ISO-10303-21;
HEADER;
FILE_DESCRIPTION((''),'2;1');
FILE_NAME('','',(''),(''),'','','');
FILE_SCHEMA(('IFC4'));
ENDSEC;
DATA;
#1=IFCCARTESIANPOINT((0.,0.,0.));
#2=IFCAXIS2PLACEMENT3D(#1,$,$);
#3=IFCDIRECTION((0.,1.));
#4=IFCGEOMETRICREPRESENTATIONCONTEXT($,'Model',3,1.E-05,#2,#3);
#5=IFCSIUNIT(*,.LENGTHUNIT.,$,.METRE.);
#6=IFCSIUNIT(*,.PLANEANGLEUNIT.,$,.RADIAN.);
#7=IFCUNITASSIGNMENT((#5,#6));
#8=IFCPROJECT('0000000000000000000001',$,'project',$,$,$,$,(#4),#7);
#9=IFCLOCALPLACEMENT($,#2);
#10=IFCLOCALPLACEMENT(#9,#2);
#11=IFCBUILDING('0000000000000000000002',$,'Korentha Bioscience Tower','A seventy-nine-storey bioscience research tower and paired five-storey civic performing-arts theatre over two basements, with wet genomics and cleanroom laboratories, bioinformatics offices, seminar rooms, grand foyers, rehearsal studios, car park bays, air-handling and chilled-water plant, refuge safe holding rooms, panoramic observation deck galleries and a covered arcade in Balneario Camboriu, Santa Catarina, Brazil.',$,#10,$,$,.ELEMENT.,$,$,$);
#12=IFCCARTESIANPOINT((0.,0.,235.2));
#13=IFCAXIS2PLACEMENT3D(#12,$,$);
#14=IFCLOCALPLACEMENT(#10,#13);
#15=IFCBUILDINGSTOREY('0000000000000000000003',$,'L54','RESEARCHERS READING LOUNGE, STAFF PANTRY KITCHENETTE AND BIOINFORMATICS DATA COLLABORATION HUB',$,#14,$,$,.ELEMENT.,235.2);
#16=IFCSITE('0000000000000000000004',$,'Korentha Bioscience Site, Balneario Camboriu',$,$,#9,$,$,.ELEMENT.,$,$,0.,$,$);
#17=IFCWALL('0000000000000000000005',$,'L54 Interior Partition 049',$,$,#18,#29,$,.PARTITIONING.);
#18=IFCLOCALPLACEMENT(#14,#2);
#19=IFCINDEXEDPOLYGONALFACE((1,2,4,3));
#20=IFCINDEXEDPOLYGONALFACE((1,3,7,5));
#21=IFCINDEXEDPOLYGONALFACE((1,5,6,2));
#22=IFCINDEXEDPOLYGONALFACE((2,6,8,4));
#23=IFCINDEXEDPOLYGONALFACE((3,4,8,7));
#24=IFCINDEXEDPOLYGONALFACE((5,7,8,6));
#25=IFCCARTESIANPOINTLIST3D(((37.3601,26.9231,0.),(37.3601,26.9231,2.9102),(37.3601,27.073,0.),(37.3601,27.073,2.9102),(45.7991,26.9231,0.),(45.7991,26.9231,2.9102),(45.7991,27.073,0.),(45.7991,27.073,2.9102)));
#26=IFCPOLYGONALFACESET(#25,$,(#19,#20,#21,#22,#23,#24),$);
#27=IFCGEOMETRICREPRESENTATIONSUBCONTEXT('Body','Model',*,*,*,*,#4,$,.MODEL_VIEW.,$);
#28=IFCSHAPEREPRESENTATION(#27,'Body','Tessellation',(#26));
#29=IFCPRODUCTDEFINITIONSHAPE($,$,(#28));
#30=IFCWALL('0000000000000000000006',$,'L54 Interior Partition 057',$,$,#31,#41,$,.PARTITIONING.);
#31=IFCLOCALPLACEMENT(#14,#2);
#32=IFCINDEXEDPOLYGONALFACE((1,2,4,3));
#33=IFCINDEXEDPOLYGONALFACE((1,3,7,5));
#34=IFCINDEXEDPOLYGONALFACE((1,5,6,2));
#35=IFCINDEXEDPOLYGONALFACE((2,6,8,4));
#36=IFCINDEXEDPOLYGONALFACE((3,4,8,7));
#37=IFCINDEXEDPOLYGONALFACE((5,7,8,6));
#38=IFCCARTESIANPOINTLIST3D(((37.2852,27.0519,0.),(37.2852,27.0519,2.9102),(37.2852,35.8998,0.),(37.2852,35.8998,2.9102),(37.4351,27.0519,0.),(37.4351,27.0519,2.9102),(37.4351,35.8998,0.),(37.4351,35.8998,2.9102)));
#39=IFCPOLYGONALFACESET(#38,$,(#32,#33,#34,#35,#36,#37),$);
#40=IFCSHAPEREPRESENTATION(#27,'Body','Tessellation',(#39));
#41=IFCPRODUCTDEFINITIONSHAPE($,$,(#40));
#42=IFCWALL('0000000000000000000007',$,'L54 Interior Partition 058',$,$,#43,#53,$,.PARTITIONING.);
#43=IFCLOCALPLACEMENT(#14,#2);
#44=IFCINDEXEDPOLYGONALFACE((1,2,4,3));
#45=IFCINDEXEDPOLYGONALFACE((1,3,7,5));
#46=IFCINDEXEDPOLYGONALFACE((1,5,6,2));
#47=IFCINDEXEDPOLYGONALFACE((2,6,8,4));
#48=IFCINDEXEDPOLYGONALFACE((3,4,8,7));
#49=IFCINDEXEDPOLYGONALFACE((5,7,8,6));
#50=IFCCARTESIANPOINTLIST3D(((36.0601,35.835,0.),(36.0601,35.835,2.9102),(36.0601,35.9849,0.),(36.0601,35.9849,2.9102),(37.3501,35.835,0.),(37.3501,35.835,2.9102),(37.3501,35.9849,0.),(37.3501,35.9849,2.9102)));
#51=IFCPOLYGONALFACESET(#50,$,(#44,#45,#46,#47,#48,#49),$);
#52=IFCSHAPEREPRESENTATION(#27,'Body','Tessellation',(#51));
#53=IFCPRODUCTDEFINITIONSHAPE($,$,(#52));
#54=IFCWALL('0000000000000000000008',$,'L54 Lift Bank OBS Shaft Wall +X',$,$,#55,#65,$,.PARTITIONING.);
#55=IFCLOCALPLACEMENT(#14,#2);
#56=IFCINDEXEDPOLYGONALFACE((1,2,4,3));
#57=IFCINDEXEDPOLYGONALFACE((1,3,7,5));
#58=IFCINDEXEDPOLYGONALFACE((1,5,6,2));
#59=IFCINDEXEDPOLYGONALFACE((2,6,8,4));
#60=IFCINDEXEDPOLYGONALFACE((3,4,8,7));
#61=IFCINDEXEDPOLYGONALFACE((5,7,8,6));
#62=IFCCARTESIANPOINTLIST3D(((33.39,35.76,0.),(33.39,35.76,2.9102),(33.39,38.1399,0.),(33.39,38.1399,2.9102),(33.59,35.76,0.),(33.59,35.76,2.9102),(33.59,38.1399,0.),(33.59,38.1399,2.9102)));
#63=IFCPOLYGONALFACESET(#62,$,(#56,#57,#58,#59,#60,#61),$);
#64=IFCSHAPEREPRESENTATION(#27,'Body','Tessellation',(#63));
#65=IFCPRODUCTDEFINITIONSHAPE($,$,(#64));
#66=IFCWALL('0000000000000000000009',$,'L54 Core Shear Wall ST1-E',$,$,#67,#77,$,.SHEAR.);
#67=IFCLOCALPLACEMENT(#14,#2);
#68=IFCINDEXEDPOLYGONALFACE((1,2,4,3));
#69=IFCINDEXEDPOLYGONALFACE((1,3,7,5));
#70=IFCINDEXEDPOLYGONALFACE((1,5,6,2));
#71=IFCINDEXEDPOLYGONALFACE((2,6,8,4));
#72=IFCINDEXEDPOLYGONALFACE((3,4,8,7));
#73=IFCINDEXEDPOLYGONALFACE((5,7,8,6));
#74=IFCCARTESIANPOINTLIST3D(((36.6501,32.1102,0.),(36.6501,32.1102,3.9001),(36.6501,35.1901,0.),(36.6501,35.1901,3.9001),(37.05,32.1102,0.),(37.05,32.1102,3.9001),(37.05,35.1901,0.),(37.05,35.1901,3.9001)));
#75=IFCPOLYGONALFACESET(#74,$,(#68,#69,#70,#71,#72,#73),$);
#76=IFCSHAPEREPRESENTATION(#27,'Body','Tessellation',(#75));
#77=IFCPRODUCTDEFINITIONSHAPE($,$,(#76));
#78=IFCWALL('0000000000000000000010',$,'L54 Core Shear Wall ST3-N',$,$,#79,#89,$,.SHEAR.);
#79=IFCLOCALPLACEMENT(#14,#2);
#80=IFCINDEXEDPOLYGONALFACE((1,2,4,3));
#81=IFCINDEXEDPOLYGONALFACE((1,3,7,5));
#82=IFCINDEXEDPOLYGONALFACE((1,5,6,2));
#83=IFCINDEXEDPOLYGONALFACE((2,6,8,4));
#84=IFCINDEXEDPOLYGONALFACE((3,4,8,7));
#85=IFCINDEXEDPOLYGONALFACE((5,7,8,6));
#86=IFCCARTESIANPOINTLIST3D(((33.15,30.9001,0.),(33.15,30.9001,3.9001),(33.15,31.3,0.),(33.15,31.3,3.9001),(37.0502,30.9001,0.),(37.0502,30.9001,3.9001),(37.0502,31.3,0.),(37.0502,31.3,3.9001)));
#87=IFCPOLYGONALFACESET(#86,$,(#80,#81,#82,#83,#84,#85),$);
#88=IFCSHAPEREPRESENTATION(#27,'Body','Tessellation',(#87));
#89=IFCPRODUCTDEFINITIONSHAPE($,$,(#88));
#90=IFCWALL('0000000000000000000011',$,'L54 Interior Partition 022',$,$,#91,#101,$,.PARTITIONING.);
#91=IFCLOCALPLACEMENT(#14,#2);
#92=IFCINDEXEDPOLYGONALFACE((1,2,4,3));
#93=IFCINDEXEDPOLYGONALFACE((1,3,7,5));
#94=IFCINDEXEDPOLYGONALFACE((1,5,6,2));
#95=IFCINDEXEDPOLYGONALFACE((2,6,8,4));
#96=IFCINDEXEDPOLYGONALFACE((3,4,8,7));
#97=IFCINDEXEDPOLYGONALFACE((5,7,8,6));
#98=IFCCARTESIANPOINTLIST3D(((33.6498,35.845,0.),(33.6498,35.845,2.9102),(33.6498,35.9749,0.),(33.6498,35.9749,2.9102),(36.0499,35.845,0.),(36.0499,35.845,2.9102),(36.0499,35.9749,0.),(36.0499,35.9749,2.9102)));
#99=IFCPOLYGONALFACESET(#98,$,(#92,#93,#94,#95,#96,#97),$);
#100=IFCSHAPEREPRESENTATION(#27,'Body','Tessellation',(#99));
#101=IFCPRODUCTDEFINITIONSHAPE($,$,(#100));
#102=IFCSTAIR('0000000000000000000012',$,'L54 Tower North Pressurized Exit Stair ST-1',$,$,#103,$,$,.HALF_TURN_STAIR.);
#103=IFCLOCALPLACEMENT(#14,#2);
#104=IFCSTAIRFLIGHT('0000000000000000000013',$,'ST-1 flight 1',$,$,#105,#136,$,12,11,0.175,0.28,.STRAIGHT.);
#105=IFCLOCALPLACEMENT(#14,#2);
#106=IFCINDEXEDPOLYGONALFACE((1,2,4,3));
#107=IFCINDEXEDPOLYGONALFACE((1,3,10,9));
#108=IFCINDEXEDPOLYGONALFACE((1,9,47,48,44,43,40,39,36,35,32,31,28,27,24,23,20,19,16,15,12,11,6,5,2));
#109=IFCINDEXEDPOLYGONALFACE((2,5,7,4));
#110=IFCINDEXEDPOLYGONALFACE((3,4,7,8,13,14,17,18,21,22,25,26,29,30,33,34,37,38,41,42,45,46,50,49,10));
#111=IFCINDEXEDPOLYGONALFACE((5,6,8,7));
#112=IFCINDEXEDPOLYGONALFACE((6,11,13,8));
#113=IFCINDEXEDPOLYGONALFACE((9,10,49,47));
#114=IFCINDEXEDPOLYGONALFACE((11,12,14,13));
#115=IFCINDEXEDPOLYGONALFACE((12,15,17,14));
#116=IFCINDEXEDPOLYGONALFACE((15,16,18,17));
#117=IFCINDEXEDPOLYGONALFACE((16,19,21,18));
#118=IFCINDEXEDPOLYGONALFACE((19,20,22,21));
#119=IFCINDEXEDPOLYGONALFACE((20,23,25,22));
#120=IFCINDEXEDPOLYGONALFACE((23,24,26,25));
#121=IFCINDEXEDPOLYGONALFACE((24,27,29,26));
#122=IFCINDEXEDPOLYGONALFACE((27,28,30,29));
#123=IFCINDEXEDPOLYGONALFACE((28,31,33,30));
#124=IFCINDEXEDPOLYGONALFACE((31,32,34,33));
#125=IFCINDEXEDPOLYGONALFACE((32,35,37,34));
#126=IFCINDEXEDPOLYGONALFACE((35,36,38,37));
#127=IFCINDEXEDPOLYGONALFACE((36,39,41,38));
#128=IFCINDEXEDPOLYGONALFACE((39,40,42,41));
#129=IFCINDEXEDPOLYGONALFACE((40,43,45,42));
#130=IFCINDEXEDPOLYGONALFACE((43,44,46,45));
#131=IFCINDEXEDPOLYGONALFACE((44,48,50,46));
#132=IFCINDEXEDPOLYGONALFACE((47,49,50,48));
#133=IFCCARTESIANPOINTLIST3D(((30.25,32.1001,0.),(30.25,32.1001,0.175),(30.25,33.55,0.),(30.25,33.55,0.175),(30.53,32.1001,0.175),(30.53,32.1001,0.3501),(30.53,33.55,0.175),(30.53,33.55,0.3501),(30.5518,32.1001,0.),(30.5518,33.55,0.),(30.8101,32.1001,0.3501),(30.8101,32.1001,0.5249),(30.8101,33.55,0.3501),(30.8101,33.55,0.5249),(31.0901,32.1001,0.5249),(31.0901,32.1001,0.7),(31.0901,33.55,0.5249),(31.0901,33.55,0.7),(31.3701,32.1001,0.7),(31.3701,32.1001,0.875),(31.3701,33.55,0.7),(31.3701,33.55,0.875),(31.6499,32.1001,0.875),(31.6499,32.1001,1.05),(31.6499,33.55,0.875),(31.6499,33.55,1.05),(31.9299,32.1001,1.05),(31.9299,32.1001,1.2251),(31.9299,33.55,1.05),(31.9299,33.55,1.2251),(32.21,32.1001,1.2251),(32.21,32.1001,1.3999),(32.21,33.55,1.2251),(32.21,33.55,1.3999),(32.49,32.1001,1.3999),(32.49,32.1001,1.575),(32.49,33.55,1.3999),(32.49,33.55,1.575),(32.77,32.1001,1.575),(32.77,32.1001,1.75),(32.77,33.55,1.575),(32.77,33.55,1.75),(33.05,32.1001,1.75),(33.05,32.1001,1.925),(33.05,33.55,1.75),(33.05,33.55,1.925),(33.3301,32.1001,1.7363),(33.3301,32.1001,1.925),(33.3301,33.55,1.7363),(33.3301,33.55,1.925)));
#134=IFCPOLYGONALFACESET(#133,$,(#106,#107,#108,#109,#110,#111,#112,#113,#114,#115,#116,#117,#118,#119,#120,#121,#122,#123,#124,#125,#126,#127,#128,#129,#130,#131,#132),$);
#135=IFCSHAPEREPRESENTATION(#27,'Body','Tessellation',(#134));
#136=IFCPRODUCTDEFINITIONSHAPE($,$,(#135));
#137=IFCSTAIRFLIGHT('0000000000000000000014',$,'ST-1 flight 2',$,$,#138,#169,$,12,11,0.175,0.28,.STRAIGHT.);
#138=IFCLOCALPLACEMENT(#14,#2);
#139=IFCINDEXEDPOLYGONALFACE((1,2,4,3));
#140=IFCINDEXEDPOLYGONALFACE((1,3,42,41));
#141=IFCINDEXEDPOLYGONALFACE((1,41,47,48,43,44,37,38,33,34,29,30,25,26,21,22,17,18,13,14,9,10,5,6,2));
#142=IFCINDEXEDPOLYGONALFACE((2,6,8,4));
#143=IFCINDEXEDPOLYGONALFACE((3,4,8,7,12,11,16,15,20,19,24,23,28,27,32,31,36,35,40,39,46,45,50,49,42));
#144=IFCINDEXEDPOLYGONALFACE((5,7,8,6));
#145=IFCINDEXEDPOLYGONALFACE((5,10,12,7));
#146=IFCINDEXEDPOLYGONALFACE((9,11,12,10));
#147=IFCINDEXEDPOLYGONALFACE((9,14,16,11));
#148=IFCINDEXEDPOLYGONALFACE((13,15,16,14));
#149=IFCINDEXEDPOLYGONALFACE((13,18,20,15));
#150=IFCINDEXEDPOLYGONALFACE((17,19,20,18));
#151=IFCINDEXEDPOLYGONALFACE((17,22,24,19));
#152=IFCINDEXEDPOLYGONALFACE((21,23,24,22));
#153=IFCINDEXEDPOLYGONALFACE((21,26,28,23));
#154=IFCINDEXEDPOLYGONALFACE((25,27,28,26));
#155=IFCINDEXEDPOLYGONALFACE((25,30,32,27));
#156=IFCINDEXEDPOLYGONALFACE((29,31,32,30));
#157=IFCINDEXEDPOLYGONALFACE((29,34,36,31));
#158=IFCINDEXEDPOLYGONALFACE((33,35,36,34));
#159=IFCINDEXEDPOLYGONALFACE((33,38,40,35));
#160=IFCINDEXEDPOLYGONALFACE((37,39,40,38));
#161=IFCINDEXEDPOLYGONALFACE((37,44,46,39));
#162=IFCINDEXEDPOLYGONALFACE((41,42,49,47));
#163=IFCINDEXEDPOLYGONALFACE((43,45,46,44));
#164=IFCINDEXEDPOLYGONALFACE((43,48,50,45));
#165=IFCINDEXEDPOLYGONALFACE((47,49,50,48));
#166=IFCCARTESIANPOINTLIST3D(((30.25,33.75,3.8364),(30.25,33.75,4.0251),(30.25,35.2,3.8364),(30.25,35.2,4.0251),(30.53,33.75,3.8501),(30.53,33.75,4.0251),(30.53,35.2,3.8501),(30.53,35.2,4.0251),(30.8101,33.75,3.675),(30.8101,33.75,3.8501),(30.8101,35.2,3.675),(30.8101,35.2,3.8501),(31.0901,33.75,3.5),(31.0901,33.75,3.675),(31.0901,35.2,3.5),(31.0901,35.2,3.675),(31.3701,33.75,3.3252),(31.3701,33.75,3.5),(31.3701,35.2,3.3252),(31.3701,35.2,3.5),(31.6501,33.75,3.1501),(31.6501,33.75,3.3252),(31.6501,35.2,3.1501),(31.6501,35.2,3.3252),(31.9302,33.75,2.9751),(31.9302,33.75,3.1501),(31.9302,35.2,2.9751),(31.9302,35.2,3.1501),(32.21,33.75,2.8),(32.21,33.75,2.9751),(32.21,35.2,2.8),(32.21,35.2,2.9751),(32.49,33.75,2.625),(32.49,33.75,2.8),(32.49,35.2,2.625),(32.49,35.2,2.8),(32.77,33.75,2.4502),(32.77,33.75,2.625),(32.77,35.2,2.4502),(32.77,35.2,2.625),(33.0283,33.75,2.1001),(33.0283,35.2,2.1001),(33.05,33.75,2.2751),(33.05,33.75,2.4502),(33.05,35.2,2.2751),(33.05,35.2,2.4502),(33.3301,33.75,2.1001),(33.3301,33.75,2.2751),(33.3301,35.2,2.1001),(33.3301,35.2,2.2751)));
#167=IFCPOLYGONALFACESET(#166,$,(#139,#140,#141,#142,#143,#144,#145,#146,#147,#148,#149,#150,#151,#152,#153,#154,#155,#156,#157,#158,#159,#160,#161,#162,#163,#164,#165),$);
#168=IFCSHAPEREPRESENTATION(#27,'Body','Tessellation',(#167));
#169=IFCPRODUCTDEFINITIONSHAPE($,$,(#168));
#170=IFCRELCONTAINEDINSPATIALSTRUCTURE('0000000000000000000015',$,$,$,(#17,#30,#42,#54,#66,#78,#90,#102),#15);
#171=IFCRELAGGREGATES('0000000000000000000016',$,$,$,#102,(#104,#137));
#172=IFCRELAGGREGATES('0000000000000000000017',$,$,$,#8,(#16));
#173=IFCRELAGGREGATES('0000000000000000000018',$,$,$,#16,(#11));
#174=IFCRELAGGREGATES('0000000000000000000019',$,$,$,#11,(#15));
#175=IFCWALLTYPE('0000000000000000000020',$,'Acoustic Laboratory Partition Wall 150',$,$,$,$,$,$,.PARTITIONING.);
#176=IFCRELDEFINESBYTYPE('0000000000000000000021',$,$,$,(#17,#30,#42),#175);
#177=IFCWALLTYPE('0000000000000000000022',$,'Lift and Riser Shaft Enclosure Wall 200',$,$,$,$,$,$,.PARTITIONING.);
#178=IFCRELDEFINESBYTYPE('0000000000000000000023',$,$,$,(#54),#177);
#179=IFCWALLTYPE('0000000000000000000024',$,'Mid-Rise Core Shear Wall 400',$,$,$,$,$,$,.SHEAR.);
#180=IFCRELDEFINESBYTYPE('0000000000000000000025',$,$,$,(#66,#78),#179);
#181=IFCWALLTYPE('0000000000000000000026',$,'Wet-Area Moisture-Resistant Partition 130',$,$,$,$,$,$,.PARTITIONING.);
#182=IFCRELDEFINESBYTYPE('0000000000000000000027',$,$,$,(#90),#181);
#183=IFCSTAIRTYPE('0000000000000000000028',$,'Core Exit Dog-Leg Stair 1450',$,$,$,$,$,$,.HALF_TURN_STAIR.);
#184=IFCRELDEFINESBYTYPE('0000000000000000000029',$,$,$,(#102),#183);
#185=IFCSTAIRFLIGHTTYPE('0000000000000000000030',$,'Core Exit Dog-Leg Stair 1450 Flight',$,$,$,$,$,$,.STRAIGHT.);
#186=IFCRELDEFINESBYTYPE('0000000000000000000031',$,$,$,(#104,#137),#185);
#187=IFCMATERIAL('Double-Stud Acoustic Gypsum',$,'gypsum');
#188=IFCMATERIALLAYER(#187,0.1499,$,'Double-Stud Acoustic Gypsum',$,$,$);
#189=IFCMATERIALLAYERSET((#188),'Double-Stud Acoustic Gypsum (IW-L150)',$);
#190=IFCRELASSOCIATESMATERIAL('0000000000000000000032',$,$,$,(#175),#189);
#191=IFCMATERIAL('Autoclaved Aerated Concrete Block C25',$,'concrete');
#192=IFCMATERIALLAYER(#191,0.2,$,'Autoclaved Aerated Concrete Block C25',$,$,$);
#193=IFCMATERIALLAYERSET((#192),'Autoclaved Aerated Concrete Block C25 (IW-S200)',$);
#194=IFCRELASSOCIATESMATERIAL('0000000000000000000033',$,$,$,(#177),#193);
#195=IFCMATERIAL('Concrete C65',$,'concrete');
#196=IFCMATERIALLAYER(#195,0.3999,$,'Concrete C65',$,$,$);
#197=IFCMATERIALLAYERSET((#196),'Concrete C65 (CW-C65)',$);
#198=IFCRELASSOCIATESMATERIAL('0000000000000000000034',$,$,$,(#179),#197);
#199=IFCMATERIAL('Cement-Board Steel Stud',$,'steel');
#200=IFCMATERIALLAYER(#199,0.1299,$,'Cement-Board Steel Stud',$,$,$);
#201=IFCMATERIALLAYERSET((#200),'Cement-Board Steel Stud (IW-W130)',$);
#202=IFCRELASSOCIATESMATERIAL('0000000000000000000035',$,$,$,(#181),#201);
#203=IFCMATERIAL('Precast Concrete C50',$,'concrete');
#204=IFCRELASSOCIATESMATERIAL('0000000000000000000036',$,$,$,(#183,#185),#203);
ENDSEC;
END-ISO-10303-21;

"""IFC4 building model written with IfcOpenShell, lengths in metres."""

from ifc_helpers import new_model, si_unit, direction, frame, frame_2d, origin, place, context, subcontext, project, spatial, polyline, rectangle, outline, extrude, material, layer, layer_set, type_object, element, aggregate, save


model = new_model("IFC4")

# Units and contexts
model_context = context("Model", 3, precision=1e-05, world=origin(), true_north=direction((0.0, 1.0)))
body_context = subcontext(model_context, "Body", "Model", "MODEL_VIEW")
ifc_project = project(units=[si_unit("LENGTHUNIT", "METRE"), si_unit("PLANEANGLEUNIT", "RADIAN")], contexts=[model_context])

# Site, building, storey
site_placement = place(None, origin())
site = spatial("IfcSite", under=ifc_project, at=site_placement, Name="Korentha Bioscience Site, Balneario Camboriu", CompositionType="ELEMENT", RefElevation=0.0)
building_placement = place(site_placement, origin())
building = spatial("IfcBuilding", under=site, at=building_placement, Name="Korentha Bioscience Tower", Description="A seventy-nine-storey bioscience research tower and paired five-storey civic performing-arts theatre over two basements, with wet genomics and cleanroom laboratories, bioinformatics offices, seminar rooms, grand foyers, rehearsal studios, car park bays, air-handling and chilled-water plant, refuge safe holding rooms, panoramic observation deck galleries and a covered arcade in Balneario Camboriu, Santa Catarina, Brazil.", CompositionType="ELEMENT")
storey_placement = place(building_placement, frame((0.0, 0.0, 235.2)))
storey = spatial("IfcBuildingStorey", under=building, at=storey_placement, Name="L54", Description="RESEARCHERS READING LOUNGE, STAFF PANTRY KITCHENETTE AND BIOINFORMATICS DATA COLLABORATION HUB", CompositionType="ELEMENT", Elevation=235.2)

# Shared definitions
ifc_material_1 = material(Name="Concrete C65", Category="concrete")

# Walls
ifc_material_2 = material(Name="Double-Stud Acoustic Gypsum", Category="gypsum")
ifc_layer_1 = layer(ifc_material_2, 0.1499, Name="Double-Stud Acoustic Gypsum")
ifc_layer_set_1 = layer_set([ifc_layer_1], Name="Double-Stud Acoustic Gypsum (IW-L150)")
wall_type_1 = type_object("IfcWallType", Name="Acoustic Laboratory Partition Wall 150", PredefinedType="PARTITIONING", material=ifc_layer_set_1)
wall_1_placement = place(storey_placement, frame((37.3601, 26.998, 0.0), z_axis=(0.0, 0.0, 1.0), x_axis=(1.0, 0.0, 0.0)))
element("IfcWall", 1, at=wall_1_placement, inside=storey, type_object=wall_type_1, Name="L54 Interior Partition 049", PredefinedType="PARTITIONING", context=body_context, shape_type="SweptSolid", body=[
    extrude(rectangle(XDim=8.439, YDim=0.1499, at=frame_2d((4.2195, 0.0))), origin(), (0.0, 0.0, 1.0), 2.9102),
])
wall_2_placement = place(storey_placement, frame((37.3601, 27.052, 0.0), z_axis=(0.0, 0.0, 1.0), x_axis=(0.0, 1.0, 0.0)))
element("IfcWall", 2, at=wall_2_placement, inside=storey, type_object=wall_type_1, Name="L54 Interior Partition 057", PredefinedType="PARTITIONING", context=body_context, shape_type="SweptSolid", body=[
    extrude(rectangle(XDim=8.8479, YDim=0.1499, at=frame_2d((4.4238, 0.0))), origin(), (0.0, 0.0, 1.0), 2.9102),
])
wall_3_placement = place(storey_placement, frame((37.3501, 35.9099, 0.0), z_axis=(0.0, 0.0, 1.0), x_axis=(-1.0, 0.0, 0.0)))
element("IfcWall", 3, at=wall_3_placement, inside=storey, type_object=wall_type_1, Name="L54 Interior Partition 058", PredefinedType="PARTITIONING", context=body_context, shape_type="SweptSolid", body=[
    extrude(rectangle(XDim=1.29, YDim=0.1499, at=frame_2d((0.645, 0.0))), origin(), (0.0, 0.0, 1.0), 2.9102),
])
ifc_material_3 = material(Name="Autoclaved Aerated Concrete Block C25", Category="concrete")
ifc_layer_2 = layer(ifc_material_3, 0.2, Name="Autoclaved Aerated Concrete Block C25")
ifc_layer_set_2 = layer_set([ifc_layer_2], Name="Autoclaved Aerated Concrete Block C25 (IW-S200)")
wall_type_2 = type_object("IfcWallType", Name="Lift and Riser Shaft Enclosure Wall 200", PredefinedType="PARTITIONING", material=ifc_layer_set_2)
wall_4_placement = place(storey_placement, frame((33.49, 35.76, 0.0), z_axis=(0.0, 0.0, 1.0), x_axis=(0.0, 1.0, 0.0)))
element("IfcWall", 4, at=wall_4_placement, inside=storey, type_object=wall_type_2, Name="L54 Lift Bank OBS Shaft Wall +X", PredefinedType="PARTITIONING", context=body_context, shape_type="SweptSolid", body=[
    extrude(rectangle(XDim=2.3799, YDim=0.2, at=frame_2d((1.1899, 0.0))), origin(), (0.0, 0.0, 1.0), 2.9102),
])
ifc_layer_3 = layer(ifc_material_1, 0.3999, Name="Concrete C65")
ifc_layer_set_3 = layer_set([ifc_layer_3], Name="Concrete C65 (CW-C65)")
wall_type_3 = type_object("IfcWallType", Name="Mid-Rise Core Shear Wall 400", PredefinedType="SHEAR", material=ifc_layer_set_3)
wall_5_placement = place(storey_placement, frame((36.8501, 32.1101, 0.0), z_axis=(0.0, 0.0, 1.0), x_axis=(0.0, 1.0, 0.0)))
element("IfcWall", 5, at=wall_5_placement, inside=storey, type_object=wall_type_3, Name="L54 Core Shear Wall ST1-E", PredefinedType="SHEAR", context=body_context, shape_type="SweptSolid", body=[
    extrude(rectangle(XDim=3.0798, YDim=0.3999, at=frame_2d((1.54, 0.0))), origin(), (0.0, 0.0, 1.0), 3.9001),
])
wall_6_placement = place(storey_placement, frame((33.1499, 31.1001, 0.0), z_axis=(0.0, 0.0, 1.0), x_axis=(1.0, 0.0, 0.0)))
element("IfcWall", 6, at=wall_6_placement, inside=storey, type_object=wall_type_3, Name="L54 Core Shear Wall ST3-N", PredefinedType="SHEAR", context=body_context, shape_type="SweptSolid", body=[
    extrude(rectangle(XDim=3.9001, YDim=0.3999, at=frame_2d((1.9502, 0.0))), origin(), (0.0, 0.0, 1.0), 3.9001),
])
ifc_material_4 = material(Name="Cement-Board Steel Stud", Category="steel")
ifc_layer_4 = layer(ifc_material_4, 0.1299, Name="Cement-Board Steel Stud")
ifc_layer_set_4 = layer_set([ifc_layer_4], Name="Cement-Board Steel Stud (IW-W130)")
wall_type_4 = type_object("IfcWallType", Name="Wet-Area Moisture-Resistant Partition 130", PredefinedType="PARTITIONING", material=ifc_layer_set_4)
wall_7_placement = place(storey_placement, frame((36.05, 35.9099, 0.0), z_axis=(0.0, 0.0, 1.0), x_axis=(-1.0, 0.0, 0.0)))
element("IfcWall", 7, at=wall_7_placement, inside=storey, type_object=wall_type_4, Name="L54 Interior Partition 022", PredefinedType="PARTITIONING", context=body_context, shape_type="SweptSolid", body=[
    extrude(rectangle(XDim=2.4001, YDim=0.1299, at=frame_2d((1.2002, 0.0))), origin(), (0.0, 0.0, 1.0), 2.9102),
])

# Stair, stair flights
ifc_material_5 = material(Name="Precast Concrete C50", Category="concrete")
stair_type = type_object("IfcStairType", Name="Core Exit Dog-Leg Stair 1450", PredefinedType="HALF_TURN_STAIR", material=ifc_material_5)
stair_1_placement = place(storey_placement, origin())
stair_1 = element("IfcStair", 8, at=stair_1_placement, inside=storey, type_object=stair_type, Name="L54 Tower North Pressurized Exit Stair ST-1", PredefinedType="HALF_TURN_STAIR")
stair_flight_type = type_object("IfcStairFlightType", Name="Core Exit Dog-Leg Stair 1450 Flight", PredefinedType="STRAIGHT", material=ifc_material_5)
stair_flight_1_placement = place(storey_placement, frame((30.25, 32.825, 0.0), z_axis=(0.0, 0.0, 1.0), x_axis=(1.0, 0.0, 0.0)))
stair_flight_1 = element("IfcStairFlight", 9, at=stair_flight_1_placement, type_object=stair_flight_type, Name="ST-1 flight 1", NumberOfRisers=12, NumberOfTreads=11, PredefinedType="STRAIGHT", RiserHeight=0.175, TreadLength=0.28, context=body_context, shape_type="SweptSolid", body=[
    extrude(outline(polyline([(0.0, 0.0), (0.0, 0.175), (0.28, 0.175), (0.28, 0.3501), (0.5601, 0.3501), (0.5601, 0.5249), (0.8401, 0.5249), (0.8401, 0.7), (1.1201, 0.7), (1.1201, 0.875), (1.3999, 0.875), (1.3999, 1.05), (1.6799, 1.05), (1.6799, 1.2251), (1.96, 1.2251), (1.96, 1.3999), (2.24, 1.3999), (2.24, 1.575), (2.52, 1.575), (2.52, 1.75), (2.8, 1.75), (2.8, 1.925), (3.0801, 1.925), (3.0801, 2.1001), (3.0801, 1.7363), (0.3018, 0.0), (0.0, 0.0)])), frame((0.0, 0.7251, 0.0), z_axis=(0.0, -1.0, 0.0), x_axis=(1.0, 0.0, 0.0)), (0.0, 0.0, 1.0), 1.45),
])
stair_flight_2_placement = place(storey_placement, frame((33.3301, 34.4751, 2.1001), z_axis=(0.0, 0.0, 1.0), x_axis=(-1.0, 0.0, 0.0)))
stair_flight_2 = element("IfcStairFlight", 10, at=stair_flight_2_placement, type_object=stair_flight_type, Name="ST-1 flight 2", NumberOfRisers=12, NumberOfTreads=11, PredefinedType="STRAIGHT", RiserHeight=0.175, TreadLength=0.28, context=body_context, shape_type="SweptSolid", body=[
    extrude(outline(polyline([(0.0, 0.0), (0.0, 0.175), (0.28, 0.175), (0.28, 0.3501), (0.5601, 0.3501), (0.5601, 0.5249), (0.8401, 0.5249), (0.8401, 0.7), (1.1201, 0.7), (1.1201, 0.875), (1.3999, 0.875), (1.3999, 1.05), (1.6799, 1.05), (1.6799, 1.2251), (1.96, 1.2251), (1.96, 1.3999), (2.24, 1.3999), (2.24, 1.575), (2.52, 1.575), (2.52, 1.75), (2.8, 1.75), (2.8, 1.925), (3.0801, 1.925), (3.0801, 2.1001), (3.0801, 1.7363), (0.3018, 0.0), (0.0, 0.0)])), frame((0.0, 0.7251, 0.0), z_axis=(0.0, -1.0, 0.0), x_axis=(1.0, 0.0, 0.0)), (0.0, 0.0, 1.0), 1.45),
])
aggregate(stair_1, [stair_flight_1, stair_flight_2])

save(model, "model.ifc")
